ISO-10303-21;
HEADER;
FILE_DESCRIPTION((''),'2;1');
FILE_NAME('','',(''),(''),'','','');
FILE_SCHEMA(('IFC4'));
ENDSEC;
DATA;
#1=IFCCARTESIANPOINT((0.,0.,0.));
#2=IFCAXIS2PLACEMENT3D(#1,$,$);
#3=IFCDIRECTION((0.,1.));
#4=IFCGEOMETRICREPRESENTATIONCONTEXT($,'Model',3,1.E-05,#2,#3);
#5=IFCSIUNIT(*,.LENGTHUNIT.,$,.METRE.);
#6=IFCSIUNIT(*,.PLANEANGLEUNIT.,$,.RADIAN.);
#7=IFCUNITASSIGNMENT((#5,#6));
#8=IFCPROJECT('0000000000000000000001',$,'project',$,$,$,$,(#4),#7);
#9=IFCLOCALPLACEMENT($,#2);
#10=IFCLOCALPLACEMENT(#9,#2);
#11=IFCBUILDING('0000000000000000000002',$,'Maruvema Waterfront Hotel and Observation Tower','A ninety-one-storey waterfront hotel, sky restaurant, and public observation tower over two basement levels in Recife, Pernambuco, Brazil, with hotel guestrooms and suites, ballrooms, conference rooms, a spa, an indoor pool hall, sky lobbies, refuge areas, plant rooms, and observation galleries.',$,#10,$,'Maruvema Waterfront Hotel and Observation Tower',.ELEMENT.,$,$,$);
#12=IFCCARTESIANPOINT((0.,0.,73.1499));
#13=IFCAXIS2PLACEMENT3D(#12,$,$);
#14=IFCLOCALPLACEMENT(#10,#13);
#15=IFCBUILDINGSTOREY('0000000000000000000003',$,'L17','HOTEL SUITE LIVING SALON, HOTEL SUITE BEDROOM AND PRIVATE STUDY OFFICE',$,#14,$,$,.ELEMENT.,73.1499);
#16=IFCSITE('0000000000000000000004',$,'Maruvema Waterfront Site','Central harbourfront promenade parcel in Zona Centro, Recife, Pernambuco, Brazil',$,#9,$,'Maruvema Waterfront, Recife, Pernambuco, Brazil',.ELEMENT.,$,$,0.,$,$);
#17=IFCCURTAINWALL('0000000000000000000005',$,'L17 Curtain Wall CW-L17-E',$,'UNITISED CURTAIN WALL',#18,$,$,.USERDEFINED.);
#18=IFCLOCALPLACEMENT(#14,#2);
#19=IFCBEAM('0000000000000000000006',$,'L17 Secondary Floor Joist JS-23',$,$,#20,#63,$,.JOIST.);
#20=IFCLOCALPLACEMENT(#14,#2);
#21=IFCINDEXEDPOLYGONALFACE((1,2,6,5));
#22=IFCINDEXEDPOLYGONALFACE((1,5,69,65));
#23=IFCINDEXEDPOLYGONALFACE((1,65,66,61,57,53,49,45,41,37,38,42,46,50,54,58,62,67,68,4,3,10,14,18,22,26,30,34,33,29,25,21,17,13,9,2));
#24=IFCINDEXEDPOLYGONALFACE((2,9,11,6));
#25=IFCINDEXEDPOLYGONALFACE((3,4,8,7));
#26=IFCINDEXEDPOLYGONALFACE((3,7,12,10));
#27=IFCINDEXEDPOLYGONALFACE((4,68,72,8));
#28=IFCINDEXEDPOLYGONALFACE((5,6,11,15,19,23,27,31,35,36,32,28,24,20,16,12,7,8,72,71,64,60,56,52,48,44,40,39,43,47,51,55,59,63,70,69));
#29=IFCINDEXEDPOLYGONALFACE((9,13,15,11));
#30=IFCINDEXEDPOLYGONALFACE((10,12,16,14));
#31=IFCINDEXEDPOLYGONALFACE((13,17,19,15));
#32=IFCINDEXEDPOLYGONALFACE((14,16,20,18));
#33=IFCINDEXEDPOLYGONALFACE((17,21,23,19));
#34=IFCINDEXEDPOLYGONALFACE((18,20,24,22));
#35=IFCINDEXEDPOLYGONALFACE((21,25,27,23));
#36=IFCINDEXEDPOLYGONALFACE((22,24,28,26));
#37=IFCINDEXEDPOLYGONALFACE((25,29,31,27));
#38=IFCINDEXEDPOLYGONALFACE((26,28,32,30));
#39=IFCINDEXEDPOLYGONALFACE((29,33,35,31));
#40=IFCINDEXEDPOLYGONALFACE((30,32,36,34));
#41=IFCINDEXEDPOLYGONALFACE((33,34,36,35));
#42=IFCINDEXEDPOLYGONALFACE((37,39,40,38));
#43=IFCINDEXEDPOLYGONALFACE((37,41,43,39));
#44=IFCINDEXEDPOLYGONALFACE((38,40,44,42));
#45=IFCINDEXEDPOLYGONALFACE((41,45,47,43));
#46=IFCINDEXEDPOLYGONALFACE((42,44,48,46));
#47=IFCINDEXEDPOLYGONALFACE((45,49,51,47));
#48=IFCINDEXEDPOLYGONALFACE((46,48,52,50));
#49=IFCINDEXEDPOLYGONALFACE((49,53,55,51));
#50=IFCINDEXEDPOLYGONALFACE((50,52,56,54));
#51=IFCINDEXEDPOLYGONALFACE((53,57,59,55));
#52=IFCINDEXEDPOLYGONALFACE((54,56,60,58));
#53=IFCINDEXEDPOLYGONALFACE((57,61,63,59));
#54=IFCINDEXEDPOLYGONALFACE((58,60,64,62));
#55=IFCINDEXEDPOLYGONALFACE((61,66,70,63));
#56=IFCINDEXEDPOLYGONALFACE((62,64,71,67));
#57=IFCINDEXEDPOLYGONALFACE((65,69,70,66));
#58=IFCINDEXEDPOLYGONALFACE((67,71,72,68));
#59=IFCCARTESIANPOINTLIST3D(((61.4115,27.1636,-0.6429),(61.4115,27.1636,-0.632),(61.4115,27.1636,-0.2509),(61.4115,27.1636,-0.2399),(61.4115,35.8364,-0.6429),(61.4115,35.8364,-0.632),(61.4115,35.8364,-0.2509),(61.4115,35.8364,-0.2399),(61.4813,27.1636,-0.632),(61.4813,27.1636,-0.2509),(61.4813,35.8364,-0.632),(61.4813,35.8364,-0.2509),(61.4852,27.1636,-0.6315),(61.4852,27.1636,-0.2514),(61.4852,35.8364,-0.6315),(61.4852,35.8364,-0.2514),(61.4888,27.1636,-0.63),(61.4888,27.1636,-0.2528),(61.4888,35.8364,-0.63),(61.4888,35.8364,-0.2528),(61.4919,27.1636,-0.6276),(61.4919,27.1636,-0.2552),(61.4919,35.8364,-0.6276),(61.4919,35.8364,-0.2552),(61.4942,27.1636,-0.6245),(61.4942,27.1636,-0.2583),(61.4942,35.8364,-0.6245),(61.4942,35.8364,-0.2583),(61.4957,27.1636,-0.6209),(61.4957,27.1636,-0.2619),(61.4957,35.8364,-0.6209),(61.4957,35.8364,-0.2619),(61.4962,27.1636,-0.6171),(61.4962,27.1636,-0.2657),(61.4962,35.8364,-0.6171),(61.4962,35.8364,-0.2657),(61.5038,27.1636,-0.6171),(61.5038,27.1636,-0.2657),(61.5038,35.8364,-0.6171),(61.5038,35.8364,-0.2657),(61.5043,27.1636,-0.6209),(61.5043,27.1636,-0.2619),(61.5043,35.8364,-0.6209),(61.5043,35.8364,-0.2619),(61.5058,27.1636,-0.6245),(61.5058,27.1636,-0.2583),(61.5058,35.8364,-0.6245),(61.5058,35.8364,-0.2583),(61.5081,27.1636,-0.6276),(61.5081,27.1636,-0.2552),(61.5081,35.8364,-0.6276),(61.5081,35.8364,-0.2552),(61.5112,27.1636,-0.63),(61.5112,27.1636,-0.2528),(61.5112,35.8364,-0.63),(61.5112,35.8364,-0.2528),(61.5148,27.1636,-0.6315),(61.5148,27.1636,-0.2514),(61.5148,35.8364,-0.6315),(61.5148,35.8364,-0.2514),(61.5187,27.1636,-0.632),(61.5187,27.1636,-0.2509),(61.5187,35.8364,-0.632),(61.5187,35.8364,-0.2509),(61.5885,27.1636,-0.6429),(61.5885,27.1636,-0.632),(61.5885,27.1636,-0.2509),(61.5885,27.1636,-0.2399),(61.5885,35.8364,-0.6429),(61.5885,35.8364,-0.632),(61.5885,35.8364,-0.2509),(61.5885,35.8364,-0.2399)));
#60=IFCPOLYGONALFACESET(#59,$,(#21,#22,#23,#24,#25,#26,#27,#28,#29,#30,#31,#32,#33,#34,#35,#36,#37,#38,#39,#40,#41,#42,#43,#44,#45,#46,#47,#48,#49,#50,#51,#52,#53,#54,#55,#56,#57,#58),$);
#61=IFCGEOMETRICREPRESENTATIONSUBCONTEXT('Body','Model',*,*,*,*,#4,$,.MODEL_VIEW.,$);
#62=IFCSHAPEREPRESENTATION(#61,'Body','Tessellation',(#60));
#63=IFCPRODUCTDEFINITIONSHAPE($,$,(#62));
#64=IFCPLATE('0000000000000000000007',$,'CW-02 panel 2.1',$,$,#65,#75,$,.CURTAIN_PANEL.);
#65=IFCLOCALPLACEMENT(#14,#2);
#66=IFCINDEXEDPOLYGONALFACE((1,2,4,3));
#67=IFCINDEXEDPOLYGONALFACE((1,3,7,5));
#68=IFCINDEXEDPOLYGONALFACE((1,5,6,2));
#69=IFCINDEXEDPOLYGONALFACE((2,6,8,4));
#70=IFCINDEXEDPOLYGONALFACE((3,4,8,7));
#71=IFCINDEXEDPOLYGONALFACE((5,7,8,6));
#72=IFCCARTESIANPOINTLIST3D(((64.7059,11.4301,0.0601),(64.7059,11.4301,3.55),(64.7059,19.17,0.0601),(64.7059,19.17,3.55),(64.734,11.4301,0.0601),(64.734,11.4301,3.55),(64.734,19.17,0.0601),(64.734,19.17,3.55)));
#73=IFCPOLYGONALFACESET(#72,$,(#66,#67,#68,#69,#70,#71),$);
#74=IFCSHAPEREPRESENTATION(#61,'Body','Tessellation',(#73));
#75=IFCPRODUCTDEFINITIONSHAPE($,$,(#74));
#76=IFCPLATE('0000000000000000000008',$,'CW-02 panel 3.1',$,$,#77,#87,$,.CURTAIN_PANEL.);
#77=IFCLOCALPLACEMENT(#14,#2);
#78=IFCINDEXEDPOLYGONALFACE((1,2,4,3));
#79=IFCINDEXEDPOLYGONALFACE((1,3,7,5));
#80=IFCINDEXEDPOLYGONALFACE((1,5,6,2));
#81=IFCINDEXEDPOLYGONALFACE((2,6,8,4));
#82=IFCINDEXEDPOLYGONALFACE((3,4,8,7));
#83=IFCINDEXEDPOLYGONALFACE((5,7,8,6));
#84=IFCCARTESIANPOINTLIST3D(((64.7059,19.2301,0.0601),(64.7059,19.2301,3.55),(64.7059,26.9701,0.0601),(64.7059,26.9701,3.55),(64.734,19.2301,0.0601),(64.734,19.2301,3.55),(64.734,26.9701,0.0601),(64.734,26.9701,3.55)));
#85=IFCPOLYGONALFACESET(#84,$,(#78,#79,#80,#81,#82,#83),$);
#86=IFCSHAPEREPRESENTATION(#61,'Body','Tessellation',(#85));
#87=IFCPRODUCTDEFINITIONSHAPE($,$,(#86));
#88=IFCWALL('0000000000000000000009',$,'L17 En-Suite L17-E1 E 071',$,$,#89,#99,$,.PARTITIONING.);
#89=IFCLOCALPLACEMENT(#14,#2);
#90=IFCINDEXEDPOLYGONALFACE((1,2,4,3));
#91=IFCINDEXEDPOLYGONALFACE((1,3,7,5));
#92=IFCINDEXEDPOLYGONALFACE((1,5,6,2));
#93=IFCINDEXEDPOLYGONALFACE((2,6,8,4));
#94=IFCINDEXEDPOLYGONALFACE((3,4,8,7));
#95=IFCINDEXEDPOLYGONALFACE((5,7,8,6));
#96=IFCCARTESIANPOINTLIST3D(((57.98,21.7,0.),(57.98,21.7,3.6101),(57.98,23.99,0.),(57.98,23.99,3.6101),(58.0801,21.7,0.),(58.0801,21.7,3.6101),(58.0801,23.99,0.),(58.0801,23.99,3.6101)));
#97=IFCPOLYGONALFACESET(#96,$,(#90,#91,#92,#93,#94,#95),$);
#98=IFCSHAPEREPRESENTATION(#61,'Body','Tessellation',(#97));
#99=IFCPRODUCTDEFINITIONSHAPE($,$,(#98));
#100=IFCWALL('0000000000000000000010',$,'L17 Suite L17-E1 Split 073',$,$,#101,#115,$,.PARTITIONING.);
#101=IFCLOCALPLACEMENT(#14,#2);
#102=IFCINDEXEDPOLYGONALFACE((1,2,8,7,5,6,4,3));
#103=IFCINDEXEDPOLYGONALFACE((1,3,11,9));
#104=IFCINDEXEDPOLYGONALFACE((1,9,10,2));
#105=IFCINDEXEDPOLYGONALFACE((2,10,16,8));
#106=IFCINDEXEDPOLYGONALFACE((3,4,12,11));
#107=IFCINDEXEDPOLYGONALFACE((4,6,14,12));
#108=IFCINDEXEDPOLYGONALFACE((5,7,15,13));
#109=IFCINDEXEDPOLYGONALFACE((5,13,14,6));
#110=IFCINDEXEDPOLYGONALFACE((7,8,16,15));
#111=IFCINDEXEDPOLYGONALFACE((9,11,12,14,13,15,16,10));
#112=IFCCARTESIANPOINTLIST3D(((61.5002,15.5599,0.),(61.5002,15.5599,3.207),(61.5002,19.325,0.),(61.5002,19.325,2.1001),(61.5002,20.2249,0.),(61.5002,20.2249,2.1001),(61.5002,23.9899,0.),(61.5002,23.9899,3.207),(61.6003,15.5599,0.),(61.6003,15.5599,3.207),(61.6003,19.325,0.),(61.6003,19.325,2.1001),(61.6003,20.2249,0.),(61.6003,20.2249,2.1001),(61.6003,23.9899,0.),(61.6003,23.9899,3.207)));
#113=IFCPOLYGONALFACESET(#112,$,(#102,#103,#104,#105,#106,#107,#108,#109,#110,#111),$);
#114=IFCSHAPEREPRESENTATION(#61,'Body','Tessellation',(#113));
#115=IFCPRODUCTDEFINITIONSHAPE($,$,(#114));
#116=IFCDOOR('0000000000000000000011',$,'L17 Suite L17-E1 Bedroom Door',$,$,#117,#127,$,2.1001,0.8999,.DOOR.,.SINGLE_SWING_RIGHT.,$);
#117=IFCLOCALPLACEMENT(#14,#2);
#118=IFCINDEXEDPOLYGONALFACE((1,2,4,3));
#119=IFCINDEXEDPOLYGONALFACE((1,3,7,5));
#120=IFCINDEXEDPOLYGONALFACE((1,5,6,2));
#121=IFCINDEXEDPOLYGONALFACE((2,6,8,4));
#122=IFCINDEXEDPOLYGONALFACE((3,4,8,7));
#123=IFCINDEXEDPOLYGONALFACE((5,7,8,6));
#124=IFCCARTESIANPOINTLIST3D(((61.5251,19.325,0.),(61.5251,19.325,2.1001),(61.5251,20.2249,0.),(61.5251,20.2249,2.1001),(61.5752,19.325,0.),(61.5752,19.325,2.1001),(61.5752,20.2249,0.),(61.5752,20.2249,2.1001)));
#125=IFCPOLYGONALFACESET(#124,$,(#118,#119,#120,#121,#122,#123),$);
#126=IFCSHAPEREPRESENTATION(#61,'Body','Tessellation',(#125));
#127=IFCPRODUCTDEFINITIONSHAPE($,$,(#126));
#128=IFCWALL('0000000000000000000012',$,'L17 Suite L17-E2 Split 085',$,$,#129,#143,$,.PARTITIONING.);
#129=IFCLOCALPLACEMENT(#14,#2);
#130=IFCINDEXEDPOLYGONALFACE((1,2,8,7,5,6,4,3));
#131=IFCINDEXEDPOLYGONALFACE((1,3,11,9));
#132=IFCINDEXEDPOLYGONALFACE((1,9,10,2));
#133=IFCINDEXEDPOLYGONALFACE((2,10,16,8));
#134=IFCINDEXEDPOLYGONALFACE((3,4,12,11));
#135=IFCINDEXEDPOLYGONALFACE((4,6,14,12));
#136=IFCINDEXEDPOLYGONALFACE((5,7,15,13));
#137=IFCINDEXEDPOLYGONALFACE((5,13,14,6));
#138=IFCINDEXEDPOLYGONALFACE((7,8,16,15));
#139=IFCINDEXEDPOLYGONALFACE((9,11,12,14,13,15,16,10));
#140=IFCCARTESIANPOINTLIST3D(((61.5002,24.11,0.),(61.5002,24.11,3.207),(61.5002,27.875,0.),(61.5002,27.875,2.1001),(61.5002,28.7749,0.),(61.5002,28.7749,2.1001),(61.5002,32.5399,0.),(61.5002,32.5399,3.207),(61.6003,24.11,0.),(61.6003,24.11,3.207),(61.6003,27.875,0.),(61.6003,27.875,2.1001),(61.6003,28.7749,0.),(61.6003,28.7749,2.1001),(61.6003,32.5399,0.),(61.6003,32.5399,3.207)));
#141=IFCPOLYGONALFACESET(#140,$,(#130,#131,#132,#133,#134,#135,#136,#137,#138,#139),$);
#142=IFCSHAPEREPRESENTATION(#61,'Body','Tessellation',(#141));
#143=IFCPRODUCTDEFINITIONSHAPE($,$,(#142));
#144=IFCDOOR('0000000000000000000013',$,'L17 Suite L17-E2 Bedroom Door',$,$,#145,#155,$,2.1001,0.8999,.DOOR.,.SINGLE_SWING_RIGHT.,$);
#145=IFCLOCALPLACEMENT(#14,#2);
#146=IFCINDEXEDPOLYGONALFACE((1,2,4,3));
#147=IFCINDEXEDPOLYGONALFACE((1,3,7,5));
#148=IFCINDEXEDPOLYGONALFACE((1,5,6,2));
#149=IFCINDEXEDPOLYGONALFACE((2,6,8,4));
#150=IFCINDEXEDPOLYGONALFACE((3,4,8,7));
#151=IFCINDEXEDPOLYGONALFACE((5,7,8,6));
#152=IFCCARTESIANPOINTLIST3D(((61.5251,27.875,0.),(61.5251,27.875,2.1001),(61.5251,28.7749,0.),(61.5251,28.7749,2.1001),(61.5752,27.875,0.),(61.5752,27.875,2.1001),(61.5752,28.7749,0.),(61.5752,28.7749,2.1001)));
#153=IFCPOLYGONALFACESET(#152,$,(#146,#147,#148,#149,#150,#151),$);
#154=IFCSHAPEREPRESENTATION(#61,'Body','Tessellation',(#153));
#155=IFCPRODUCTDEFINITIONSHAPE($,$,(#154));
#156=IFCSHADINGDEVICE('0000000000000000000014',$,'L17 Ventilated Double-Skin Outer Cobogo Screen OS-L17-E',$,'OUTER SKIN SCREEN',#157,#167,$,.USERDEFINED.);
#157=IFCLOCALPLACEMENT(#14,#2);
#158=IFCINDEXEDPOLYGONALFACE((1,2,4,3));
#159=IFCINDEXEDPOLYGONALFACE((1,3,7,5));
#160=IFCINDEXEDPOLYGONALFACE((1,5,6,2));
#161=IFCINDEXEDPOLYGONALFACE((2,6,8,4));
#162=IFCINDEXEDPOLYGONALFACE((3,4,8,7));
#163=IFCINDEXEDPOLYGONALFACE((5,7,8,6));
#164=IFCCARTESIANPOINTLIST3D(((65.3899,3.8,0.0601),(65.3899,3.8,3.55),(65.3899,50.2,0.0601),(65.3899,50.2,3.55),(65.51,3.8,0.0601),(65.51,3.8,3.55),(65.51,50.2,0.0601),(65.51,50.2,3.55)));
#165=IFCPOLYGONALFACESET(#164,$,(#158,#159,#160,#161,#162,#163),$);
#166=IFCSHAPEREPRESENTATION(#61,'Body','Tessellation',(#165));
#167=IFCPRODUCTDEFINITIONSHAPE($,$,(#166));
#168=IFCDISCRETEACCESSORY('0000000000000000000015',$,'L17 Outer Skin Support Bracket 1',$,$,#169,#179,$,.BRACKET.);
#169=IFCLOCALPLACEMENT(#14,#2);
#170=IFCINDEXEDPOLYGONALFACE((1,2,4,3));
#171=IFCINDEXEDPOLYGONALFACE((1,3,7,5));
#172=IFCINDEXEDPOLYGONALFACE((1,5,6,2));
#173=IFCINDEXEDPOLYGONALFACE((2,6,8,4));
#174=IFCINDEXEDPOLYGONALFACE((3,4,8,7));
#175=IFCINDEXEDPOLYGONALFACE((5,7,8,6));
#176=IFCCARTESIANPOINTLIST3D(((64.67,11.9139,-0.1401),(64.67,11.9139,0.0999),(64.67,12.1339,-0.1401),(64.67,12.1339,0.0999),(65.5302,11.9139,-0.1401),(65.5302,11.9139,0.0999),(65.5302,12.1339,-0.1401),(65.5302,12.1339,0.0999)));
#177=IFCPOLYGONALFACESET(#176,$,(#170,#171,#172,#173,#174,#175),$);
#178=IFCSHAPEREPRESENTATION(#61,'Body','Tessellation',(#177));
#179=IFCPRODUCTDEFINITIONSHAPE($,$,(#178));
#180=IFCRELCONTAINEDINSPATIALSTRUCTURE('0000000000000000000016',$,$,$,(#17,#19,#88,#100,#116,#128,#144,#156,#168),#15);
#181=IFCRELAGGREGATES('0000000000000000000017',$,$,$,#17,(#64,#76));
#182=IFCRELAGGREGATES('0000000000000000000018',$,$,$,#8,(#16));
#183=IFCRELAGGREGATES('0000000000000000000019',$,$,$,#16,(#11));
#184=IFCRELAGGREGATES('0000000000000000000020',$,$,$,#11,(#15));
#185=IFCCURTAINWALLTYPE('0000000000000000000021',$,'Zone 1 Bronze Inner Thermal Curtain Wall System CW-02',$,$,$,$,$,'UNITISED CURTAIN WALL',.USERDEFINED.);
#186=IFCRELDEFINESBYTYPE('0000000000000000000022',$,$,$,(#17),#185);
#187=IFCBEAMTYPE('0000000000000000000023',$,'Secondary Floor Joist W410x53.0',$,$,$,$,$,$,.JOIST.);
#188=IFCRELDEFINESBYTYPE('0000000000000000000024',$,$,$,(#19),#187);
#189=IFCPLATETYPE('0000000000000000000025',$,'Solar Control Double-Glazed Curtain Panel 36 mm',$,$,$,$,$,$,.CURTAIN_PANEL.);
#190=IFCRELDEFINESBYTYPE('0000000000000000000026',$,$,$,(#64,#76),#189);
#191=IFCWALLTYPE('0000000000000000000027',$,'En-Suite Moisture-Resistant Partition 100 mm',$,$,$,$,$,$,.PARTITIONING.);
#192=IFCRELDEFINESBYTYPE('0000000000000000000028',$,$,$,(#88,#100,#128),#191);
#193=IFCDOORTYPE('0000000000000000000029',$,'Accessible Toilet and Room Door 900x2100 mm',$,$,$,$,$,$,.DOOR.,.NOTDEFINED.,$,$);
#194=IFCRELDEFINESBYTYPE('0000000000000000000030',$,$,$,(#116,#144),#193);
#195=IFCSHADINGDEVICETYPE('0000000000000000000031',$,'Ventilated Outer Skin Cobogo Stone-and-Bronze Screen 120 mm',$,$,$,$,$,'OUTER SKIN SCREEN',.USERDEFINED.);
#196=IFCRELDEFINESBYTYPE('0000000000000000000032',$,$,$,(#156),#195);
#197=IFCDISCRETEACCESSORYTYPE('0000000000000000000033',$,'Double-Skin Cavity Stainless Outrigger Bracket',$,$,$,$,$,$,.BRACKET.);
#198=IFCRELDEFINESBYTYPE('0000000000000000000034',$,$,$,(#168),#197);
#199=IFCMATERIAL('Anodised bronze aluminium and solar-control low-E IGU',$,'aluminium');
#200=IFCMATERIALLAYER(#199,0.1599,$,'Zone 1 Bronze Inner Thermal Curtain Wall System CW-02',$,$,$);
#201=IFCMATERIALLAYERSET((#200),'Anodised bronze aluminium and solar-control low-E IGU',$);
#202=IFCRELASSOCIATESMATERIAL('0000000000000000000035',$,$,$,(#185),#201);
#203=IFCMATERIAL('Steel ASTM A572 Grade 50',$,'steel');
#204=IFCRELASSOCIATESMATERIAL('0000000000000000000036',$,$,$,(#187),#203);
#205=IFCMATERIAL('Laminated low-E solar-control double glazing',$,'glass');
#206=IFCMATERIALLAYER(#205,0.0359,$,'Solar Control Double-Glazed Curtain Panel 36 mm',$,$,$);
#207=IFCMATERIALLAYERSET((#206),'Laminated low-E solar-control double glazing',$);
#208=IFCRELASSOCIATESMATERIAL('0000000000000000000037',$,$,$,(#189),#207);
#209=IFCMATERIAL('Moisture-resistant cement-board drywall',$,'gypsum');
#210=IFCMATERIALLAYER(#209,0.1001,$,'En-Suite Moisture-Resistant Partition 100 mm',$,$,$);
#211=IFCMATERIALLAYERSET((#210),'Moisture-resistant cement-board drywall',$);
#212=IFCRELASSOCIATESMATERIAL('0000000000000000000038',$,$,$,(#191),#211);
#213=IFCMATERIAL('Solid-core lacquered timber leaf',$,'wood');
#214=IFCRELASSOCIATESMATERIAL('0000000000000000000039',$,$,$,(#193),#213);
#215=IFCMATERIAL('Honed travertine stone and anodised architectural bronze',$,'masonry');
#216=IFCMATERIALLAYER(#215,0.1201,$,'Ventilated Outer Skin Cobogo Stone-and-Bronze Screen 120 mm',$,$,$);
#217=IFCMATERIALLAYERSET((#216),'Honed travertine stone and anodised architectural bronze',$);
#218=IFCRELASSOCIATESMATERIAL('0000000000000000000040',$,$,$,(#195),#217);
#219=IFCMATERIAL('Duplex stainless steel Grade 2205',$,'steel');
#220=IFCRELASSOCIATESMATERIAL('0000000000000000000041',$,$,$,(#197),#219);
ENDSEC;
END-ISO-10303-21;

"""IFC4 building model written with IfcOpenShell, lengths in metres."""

from ifc_helpers import new_model, si_unit, direction, frame, frame_2d, origin, origin_2d, place, context, subcontext, project, spatial, rectangle, i_section, extrude, material, layer, layer_set, material_profile, profile_set, type_object, element, fill, aggregate, save


model = new_model("IFC4")

# Units and contexts
model_context = context("Model", 3, precision=1e-05, world=origin(), true_north=direction((0.0, 1.0)))
body_context = subcontext(model_context, "Body", "Model", "MODEL_VIEW")
ifc_project = project(units=[si_unit("LENGTHUNIT", "METRE"), si_unit("PLANEANGLEUNIT", "RADIAN")], contexts=[model_context])

# Site, building, storey
site_placement = place(None, origin())
site = spatial("IfcSite", under=ifc_project, at=site_placement, Name="Maruvema Waterfront Site", Description="Central harbourfront promenade parcel in Zona Centro, Recife, Pernambuco, Brazil", LongName="Maruvema Waterfront, Recife, Pernambuco, Brazil", CompositionType="ELEMENT", RefElevation=0.0)
building_placement = place(site_placement, origin())
building = spatial("IfcBuilding", under=site, at=building_placement, Name="Maruvema Waterfront Hotel and Observation Tower", Description="A ninety-one-storey waterfront hotel, sky restaurant, and public observation tower over two basement levels in Recife, Pernambuco, Brazil, with hotel guestrooms and suites, ballrooms, conference rooms, a spa, an indoor pool hall, sky lobbies, refuge areas, plant rooms, and observation galleries.", LongName="Maruvema Waterfront Hotel and Observation Tower", CompositionType="ELEMENT")
storey_placement = place(building_placement, frame((0.0, 0.0, 73.1499)))
storey = spatial("IfcBuildingStorey", under=building, at=storey_placement, Name="L17", Description="HOTEL SUITE LIVING SALON, HOTEL SUITE BEDROOM AND PRIVATE STUDY OFFICE", CompositionType="ELEMENT", Elevation=73.1499)

# Curtain wall
ifc_material_1 = material(Name="Anodised bronze aluminium and solar-control low-E IGU", Category="aluminium")
ifc_layer_1 = layer(ifc_material_1, 0.1599, Name="Zone 1 Bronze Inner Thermal Curtain Wall System CW-02")
ifc_layer_set_1 = layer_set([ifc_layer_1], Name="Anodised bronze aluminium and solar-control low-E IGU")
curtain_wall_type = type_object("IfcCurtainWallType", Name="Zone 1 Bronze Inner Thermal Curtain Wall System CW-02", ElementType="UNITISED CURTAIN WALL", PredefinedType="USERDEFINED", material=ifc_layer_set_1)
curtain_wall_placement = place(storey_placement, origin())
curtain_wall = element("IfcCurtainWall", 1, at=curtain_wall_placement, inside=storey, type_object=curtain_wall_type, Name="L17 Curtain Wall CW-L17-E", ObjectType="UNITISED CURTAIN WALL", PredefinedType="USERDEFINED")

# Beam
ifc_material_2 = material(Name="Steel ASTM A572 Grade 50", Category="steel")
ifc_material_profile_1 = material_profile(ifc_material_2, i_section(OverallWidth=0.177, OverallDepth=0.4031, WebThickness=0.0076, FlangeThickness=0.011, FilletRadius=0.0149, at=origin_2d()), Name="W410x53.0")
ifc_profile_set_1 = profile_set([ifc_material_profile_1], Name="Steel ASTM A572 Grade 50")
beam_type_1 = type_object("IfcBeamType", Name="Secondary Floor Joist W410x53.0", PredefinedType="JOIST", material=ifc_profile_set_1)
beam_1_placement = place(storey_placement, frame((61.5, 27.1636, -0.4414), z_axis=(0.0, 1.0, 0.0), x_axis=(-1.0, 0.0, 0.0)))
element("IfcBeam", 2, at=beam_1_placement, inside=storey, type_object=beam_type_1, Name="L17 Secondary Floor Joist JS-23", PredefinedType="JOIST", context=body_context, shape_type="SweptSolid", body=[
    extrude(i_section(OverallWidth=0.177, OverallDepth=0.4031, WebThickness=0.0076, FlangeThickness=0.011, FilletRadius=0.0149, at=origin_2d()), origin(), (0.0, 0.0, 1.0), 8.6729),
])

# Plates
ifc_material_3 = material(Name="Laminated low-E solar-control double glazing", Category="glass")
ifc_layer_2 = layer(ifc_material_3, 0.0359, Name="Solar Control Double-Glazed Curtain Panel 36 mm")
ifc_layer_set_2 = layer_set([ifc_layer_2], Name="Laminated low-E solar-control double glazing")
plate_type = type_object("IfcPlateType", Name="Solar Control Double-Glazed Curtain Panel 36 mm", PredefinedType="CURTAIN_PANEL", material=ifc_layer_set_2)
plate_1_placement = place(storey_placement, frame((64.72, 15.3, 0.0601), z_axis=(0.0, 0.0, 1.0), x_axis=(0.0, 1.0, 0.0)))
plate_1 = element("IfcPlate", 3, at=plate_1_placement, type_object=plate_type, Name="CW-02 panel 2.1", PredefinedType="CURTAIN_PANEL", context=body_context, shape_type="SweptSolid", body=[
    extrude(rectangle(XDim=7.74, YDim=0.0281, at=origin_2d()), origin(), (0.0, 0.0, 1.0), 3.49),
])
plate_2_placement = place(storey_placement, frame((64.72, 23.1001, 0.0601), z_axis=(0.0, 0.0, 1.0), x_axis=(0.0, 1.0, 0.0)))
plate_2 = element("IfcPlate", 4, at=plate_2_placement, type_object=plate_type, Name="CW-02 panel 3.1", PredefinedType="CURTAIN_PANEL", context=body_context, shape_type="SweptSolid", body=[
    extrude(rectangle(XDim=7.74, YDim=0.0281, at=origin_2d()), origin(), (0.0, 0.0, 1.0), 3.49),
])
aggregate(curtain_wall, [plate_1, plate_2])

# Wall
ifc_material_4 = material(Name="Moisture-resistant cement-board drywall", Category="gypsum")
ifc_layer_3 = layer(ifc_material_4, 0.1001, Name="En-Suite Moisture-Resistant Partition 100 mm")
ifc_layer_set_3 = layer_set([ifc_layer_3], Name="Moisture-resistant cement-board drywall")
wall_type = type_object("IfcWallType", Name="En-Suite Moisture-Resistant Partition 100 mm", PredefinedType="PARTITIONING", material=ifc_layer_set_3)
wall_1_placement = place(storey_placement, frame((58.03, 21.7, 0.0), z_axis=(0.0, 0.0, 1.0), x_axis=(0.0, 1.0, 0.0)))
element("IfcWall", 5, at=wall_1_placement, inside=storey, type_object=wall_type, Name="L17 En-Suite L17-E1 E 071", PredefinedType="PARTITIONING", context=body_context, shape_type="SweptSolid", body=[
    extrude(rectangle(XDim=2.29, YDim=0.1001, at=frame_2d((1.145, 0.0))), origin(), (0.0, 0.0, 1.0), 3.6101),
])

# Walls, openings, doors
wall_2_placement = place(storey_placement, frame((61.5503, 15.5601, 0.0), z_axis=(0.0, 0.0, 1.0), x_axis=(0.0, 1.0, 0.0)))
wall_2 = element("IfcWall", 6, at=wall_2_placement, inside=storey, type_object=wall_type, Name="L17 Suite L17-E1 Split 073", PredefinedType="PARTITIONING", context=body_context, shape_type="SweptSolid", body=[
    extrude(rectangle(XDim=8.4299, YDim=0.1001, at=frame_2d((4.2148, 0.0))), origin(), (0.0, 0.0, 1.0), 3.207),
])
opening_1_placement = place(wall_2_placement, frame((3.7649, 0.0, 0.0)))
opening_1 = element("IfcOpeningElement", 7, at=opening_1_placement, cuts=wall_2, PredefinedType="OPENING", context=body_context, shape_type="SweptSolid", body=[
    extrude(rectangle(XDim=0.8999, YDim=2.1001, at=frame_2d((0.45, 1.05))), frame((0.0, 0.0601, 0.0), z_axis=(0.0, -1.0, 0.0), x_axis=(1.0, 0.0, 0.0)), (0.0, 0.0, 1.0), 0.1201),
])
ifc_material_5 = material(Name="Solid-core lacquered timber leaf", Category="wood")
door_type = type_object("IfcDoorType", Name="Accessible Toilet and Room Door 900x2100 mm", OperationType="NOTDEFINED", PredefinedType="DOOR", material=ifc_material_5)
door_1_placement = place(opening_1_placement, frame((0.8999, 0.0, 0.0), z_axis=(0.0, 0.0, 1.0), x_axis=(-1.0, 0.0, 0.0)))
door_1 = element("IfcDoor", 8, at=door_1_placement, inside=storey, type_object=door_type, Name="L17 Suite L17-E1 Bedroom Door", OperationType="SINGLE_SWING_RIGHT", OverallHeight=2.1001, OverallWidth=0.8999, PredefinedType="DOOR", context=body_context, shape_type="SweptSolid", body=[
    extrude(rectangle(XDim=0.8999, YDim=2.1001, at=frame_2d((0.45, 1.05))), frame((0.0, 0.0249, 0.0), z_axis=(0.0, -1.0, 0.0), x_axis=(1.0, 0.0, 0.0)), (0.0, 0.0, 1.0), 0.05),
])
fill(opening_1, door_1)
wall_3_placement = place(storey_placement, frame((61.5503, 24.1101, 0.0), z_axis=(0.0, 0.0, 1.0), x_axis=(0.0, 1.0, 0.0)))
wall_3 = element("IfcWall", 9, at=wall_3_placement, inside=storey, type_object=wall_type, Name="L17 Suite L17-E2 Split 085", PredefinedType="PARTITIONING", context=body_context, shape_type="SweptSolid", body=[
    extrude(rectangle(XDim=8.4299, YDim=0.1001, at=frame_2d((4.2148, 0.0))), origin(), (0.0, 0.0, 1.0), 3.207),
])
opening_2_placement = place(wall_3_placement, frame((3.7649, 0.0, 0.0)))
opening_2 = element("IfcOpeningElement", 10, at=opening_2_placement, cuts=wall_3, PredefinedType="OPENING", context=body_context, shape_type="SweptSolid", body=[
    extrude(rectangle(XDim=0.8999, YDim=2.1001, at=frame_2d((0.45, 1.05))), frame((0.0, 0.0601, 0.0), z_axis=(0.0, -1.0, 0.0), x_axis=(1.0, 0.0, 0.0)), (0.0, 0.0, 1.0), 0.1201),
])
door_2_placement = place(opening_2_placement, frame((0.8999, 0.0, 0.0), z_axis=(0.0, 0.0, 1.0), x_axis=(-1.0, 0.0, 0.0)))
door_2 = element("IfcDoor", 11, at=door_2_placement, inside=storey, type_object=door_type, Name="L17 Suite L17-E2 Bedroom Door", OperationType="SINGLE_SWING_RIGHT", OverallHeight=2.1001, OverallWidth=0.8999, PredefinedType="DOOR", context=body_context, shape_type="SweptSolid", body=[
    extrude(rectangle(XDim=0.8999, YDim=2.1001, at=frame_2d((0.45, 1.05))), frame((0.0, 0.0249, 0.0), z_axis=(0.0, -1.0, 0.0), x_axis=(1.0, 0.0, 0.0)), (0.0, 0.0, 1.0), 0.05),
])
fill(opening_2, door_2)

# Shading device
ifc_material_6 = material(Name="Honed travertine stone and anodised architectural bronze", Category="masonry")
ifc_layer_4 = layer(ifc_material_6, 0.1201, Name="Ventilated Outer Skin Cobogo Stone-and-Bronze Screen 120 mm")
ifc_layer_set_4 = layer_set([ifc_layer_4], Name="Honed travertine stone and anodised architectural bronze")
shading_device_type = type_object("IfcShadingDeviceType", Name="Ventilated Outer Skin Cobogo Stone-and-Bronze Screen 120 mm", ElementType="OUTER SKIN SCREEN", PredefinedType="USERDEFINED", material=ifc_layer_set_4)
shading_device_placement = place(storey_placement, frame((65.45, 27.0, 0.0601), z_axis=(0.0, 0.0, 1.0), x_axis=(0.0, 1.0, 0.0)))
element("IfcShadingDevice", 12, at=shading_device_placement, inside=storey, type_object=shading_device_type, Name="L17 Ventilated Double-Skin Outer Cobogo Screen OS-L17-E", ObjectType="OUTER SKIN SCREEN", PredefinedType="USERDEFINED", context=body_context, shape_type="SweptSolid", body=[
    extrude(rectangle(XDim=46.3999, YDim=0.1201, at=origin_2d()), origin(), (0.0, 0.0, 1.0), 3.49),
])

# Discrete accessory
ifc_material_7 = material(Name="Duplex stainless steel Grade 2205", Category="steel")
discrete_accessory_type = type_object("IfcDiscreteAccessoryType", Name="Double-Skin Cavity Stainless Outrigger Bracket", PredefinedType="BRACKET", material=ifc_material_7)
for number, where, z_axis, x_axis, name in (
    (13, (65.1001, 12.0239, -0.1401), (0.0, 0.0, 1.0), (0.0, 1.0, 0.0), "L17 Outer Skin Support Bracket 1"),
):
    element("IfcDiscreteAccessory", number, at=place(storey_placement, frame(where, z_axis=z_axis, x_axis=x_axis)), inside=storey, type_object=discrete_accessory_type, Name=name, PredefinedType="BRACKET", context=body_context, shape_type="SweptSolid", body=[
        extrude(rectangle(XDim=0.22, YDim=0.8601, at=origin_2d()), origin(), (0.0, 0.0, 1.0), 0.24),
    ])

save(model, "model.ifc")
